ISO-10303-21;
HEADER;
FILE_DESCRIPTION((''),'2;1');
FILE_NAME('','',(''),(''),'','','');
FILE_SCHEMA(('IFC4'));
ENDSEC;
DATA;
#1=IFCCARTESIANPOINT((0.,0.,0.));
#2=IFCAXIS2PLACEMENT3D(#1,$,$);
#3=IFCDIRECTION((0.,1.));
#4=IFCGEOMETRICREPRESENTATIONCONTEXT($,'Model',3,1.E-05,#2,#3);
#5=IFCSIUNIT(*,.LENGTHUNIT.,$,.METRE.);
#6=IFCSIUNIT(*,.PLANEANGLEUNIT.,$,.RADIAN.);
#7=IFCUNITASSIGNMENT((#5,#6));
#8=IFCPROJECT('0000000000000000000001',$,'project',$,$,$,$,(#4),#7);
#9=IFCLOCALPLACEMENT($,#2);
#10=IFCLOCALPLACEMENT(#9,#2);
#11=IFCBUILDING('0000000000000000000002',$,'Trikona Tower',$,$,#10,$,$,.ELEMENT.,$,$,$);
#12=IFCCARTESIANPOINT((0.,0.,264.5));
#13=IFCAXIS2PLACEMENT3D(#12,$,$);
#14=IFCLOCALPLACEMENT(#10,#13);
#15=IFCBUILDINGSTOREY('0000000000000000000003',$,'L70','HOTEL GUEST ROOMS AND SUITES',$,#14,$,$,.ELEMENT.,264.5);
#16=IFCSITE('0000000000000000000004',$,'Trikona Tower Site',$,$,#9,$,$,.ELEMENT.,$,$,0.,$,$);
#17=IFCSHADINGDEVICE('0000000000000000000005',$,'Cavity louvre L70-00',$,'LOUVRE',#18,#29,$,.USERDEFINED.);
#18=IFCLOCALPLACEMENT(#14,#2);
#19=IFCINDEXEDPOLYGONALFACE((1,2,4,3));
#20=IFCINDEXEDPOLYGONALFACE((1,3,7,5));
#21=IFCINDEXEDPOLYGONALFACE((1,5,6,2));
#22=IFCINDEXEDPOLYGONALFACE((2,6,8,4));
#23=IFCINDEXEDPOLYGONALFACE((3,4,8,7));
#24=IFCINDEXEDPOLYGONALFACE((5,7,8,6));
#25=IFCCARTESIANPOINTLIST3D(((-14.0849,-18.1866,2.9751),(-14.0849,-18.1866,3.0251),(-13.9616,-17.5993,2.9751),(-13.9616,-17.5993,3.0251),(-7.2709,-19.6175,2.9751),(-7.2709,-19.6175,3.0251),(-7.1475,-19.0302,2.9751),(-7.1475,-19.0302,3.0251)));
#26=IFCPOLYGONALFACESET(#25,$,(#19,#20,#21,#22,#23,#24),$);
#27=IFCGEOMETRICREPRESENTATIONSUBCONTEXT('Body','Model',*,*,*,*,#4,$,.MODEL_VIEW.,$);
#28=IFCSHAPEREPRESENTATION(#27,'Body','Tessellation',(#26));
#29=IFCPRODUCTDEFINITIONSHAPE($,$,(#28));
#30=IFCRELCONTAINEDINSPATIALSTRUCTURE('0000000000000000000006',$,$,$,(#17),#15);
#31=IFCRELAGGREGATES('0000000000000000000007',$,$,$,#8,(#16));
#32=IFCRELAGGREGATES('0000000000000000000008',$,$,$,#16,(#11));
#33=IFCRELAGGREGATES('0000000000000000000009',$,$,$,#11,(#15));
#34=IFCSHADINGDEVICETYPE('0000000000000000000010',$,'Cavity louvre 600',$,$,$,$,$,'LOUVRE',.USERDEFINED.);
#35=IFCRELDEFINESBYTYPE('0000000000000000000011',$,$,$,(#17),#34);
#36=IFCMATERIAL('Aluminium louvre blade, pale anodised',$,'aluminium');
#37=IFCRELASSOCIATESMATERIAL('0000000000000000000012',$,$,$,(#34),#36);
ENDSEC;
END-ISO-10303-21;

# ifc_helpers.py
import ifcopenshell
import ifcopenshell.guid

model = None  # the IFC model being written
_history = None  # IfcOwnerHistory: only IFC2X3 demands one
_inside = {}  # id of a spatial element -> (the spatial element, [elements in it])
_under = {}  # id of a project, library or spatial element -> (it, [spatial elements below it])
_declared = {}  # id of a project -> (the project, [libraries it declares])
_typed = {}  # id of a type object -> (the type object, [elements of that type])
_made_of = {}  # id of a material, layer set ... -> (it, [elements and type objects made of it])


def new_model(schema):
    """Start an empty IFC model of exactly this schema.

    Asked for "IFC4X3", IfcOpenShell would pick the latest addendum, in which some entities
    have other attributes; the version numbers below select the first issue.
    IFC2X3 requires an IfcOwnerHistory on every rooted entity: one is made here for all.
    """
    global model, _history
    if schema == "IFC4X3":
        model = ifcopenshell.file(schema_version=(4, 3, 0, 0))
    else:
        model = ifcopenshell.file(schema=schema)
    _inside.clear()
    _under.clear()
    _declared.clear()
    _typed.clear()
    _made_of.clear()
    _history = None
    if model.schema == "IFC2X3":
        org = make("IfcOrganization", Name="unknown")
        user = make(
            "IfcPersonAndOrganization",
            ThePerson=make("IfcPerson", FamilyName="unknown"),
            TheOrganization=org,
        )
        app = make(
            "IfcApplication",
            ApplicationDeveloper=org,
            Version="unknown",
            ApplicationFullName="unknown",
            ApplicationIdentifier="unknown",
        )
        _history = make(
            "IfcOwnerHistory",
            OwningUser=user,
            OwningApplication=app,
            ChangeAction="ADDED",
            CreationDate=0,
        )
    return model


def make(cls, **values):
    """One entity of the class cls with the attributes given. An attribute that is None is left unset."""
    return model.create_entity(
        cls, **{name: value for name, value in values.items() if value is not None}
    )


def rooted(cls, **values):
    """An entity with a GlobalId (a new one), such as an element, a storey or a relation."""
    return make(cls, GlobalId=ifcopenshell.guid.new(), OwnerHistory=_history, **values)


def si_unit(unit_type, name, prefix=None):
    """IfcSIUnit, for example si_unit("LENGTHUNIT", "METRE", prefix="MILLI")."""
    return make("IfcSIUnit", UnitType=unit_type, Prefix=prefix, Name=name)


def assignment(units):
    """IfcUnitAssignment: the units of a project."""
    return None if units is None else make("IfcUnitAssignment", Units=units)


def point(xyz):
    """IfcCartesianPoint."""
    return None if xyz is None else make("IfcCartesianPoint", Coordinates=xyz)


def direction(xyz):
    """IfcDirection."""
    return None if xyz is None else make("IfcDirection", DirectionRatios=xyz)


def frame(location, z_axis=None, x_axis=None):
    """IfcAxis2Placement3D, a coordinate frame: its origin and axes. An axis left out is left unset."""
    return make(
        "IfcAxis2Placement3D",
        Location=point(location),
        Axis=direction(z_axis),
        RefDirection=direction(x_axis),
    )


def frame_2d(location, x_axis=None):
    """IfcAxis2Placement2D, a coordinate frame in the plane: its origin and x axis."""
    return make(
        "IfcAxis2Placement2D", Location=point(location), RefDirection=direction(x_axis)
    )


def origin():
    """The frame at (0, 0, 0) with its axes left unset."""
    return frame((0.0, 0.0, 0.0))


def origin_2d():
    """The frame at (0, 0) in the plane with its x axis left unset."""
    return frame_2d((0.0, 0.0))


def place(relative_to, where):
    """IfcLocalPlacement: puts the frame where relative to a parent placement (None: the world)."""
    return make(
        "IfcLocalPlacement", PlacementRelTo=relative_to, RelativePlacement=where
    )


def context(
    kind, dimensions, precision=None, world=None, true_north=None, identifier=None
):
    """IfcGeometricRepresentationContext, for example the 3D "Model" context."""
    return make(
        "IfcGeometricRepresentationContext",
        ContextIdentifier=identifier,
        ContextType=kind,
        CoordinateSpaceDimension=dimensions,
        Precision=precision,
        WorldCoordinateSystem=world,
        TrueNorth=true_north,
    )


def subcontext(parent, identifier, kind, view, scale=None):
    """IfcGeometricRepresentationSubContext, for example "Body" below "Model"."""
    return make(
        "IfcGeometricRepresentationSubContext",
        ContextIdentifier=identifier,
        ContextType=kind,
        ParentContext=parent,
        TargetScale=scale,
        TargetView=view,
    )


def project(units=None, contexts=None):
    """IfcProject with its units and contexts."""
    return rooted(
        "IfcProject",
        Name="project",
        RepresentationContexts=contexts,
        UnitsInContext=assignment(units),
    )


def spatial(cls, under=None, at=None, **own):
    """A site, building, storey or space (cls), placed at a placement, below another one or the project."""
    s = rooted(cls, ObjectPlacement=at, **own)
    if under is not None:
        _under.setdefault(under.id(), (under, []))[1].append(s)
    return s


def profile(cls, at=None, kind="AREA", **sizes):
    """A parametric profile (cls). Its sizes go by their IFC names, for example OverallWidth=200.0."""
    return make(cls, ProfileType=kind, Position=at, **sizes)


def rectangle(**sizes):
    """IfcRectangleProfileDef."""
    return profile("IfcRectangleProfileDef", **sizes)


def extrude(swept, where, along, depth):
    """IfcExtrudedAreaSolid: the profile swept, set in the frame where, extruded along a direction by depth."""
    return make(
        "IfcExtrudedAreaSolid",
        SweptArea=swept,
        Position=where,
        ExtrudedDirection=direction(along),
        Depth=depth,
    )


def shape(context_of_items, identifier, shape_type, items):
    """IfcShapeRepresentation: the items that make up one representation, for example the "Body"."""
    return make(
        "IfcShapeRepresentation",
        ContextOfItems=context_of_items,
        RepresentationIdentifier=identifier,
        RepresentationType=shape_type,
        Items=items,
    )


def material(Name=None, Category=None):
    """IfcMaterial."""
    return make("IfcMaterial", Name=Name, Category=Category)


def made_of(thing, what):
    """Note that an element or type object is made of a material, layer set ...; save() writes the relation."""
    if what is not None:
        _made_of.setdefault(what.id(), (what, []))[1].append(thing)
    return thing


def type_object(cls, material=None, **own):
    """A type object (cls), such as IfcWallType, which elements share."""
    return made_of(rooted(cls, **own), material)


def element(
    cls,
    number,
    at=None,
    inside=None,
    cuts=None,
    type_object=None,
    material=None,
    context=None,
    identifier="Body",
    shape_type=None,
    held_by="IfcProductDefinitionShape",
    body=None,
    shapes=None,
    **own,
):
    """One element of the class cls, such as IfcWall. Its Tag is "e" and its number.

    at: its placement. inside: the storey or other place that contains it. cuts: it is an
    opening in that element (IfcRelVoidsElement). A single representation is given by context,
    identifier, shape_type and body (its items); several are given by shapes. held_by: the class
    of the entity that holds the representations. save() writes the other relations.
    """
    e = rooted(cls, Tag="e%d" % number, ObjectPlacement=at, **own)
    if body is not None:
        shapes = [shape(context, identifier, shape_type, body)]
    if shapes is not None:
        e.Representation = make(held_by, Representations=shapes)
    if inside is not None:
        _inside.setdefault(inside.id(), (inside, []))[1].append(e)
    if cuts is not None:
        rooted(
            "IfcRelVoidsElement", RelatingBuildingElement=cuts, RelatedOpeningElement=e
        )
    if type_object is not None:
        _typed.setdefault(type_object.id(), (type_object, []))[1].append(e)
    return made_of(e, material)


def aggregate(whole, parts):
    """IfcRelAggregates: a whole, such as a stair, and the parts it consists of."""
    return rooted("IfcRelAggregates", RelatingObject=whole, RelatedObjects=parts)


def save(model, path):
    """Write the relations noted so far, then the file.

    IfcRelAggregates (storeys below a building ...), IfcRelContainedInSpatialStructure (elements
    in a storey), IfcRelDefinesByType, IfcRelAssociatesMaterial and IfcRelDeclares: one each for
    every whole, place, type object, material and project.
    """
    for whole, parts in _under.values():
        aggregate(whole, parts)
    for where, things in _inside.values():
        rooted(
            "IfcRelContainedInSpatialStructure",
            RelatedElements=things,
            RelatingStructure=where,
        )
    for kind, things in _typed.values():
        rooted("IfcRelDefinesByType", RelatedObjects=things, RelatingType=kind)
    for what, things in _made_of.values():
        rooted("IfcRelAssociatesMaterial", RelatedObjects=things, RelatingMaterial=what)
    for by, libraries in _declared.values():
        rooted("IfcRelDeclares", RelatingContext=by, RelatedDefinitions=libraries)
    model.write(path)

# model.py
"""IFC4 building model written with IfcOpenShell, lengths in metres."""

from ifc_helpers import new_model, si_unit, direction, frame, origin, origin_2d, place, context, subcontext, project, spatial, rectangle, extrude, material, type_object, element, save


model = new_model("IFC4")

# Units and contexts
model_context = context("Model", 3, precision=1e-05, world=origin(), true_north=direction((0.0, 1.0)))
body_context = subcontext(model_context, "Body", "Model", "MODEL_VIEW")
ifc_project = project(units=[si_unit("LENGTHUNIT", "METRE"), si_unit("PLANEANGLEUNIT", "RADIAN")], contexts=[model_context])

# Site, building, storey
site_placement = place(None, origin())
site = spatial("IfcSite", under=ifc_project, at=site_placement, Name="Trikona Tower Site", CompositionType="ELEMENT", RefElevation=0.0)
building_placement = place(site_placement, origin())
building = spatial("IfcBuilding", under=site, at=building_placement, Name="Trikona Tower", CompositionType="ELEMENT")
storey_placement = place(building_placement, frame((0.0, 0.0, 264.5)))
storey = spatial("IfcBuildingStorey", under=building, at=storey_placement, Name="L70", Description="HOTEL GUEST ROOMS AND SUITES", CompositionType="ELEMENT", Elevation=264.5)

# Shading device
ifc_material_1 = material(Name="Aluminium louvre blade, pale anodised", Category="aluminium")
shading_device_type = type_object("IfcShadingDeviceType", Name="Cavity louvre 600", ElementType="LOUVRE", PredefinedType="USERDEFINED", material=ifc_material_1)
shading_device_placement = place(storey_placement, frame((-10.6162, -18.6084, 2.9751), z_axis=(0.0, 0.0, 1.0), x_axis=(0.978653, -0.205518, 0.0)))
element("IfcShadingDevice", 1, at=shading_device_placement, inside=storey, type_object=shading_device_type, Name="Cavity louvre L70-00", ObjectType="LOUVRE", PredefinedType="USERDEFINED", context=body_context, shape_type="SweptSolid", body=[
    extrude(rectangle(XDim=6.9626, YDim=0.6001, at=origin_2d()), origin(), (0.0, 0.0, 1.0), 0.05),
])

save(model, "model.ifc")
